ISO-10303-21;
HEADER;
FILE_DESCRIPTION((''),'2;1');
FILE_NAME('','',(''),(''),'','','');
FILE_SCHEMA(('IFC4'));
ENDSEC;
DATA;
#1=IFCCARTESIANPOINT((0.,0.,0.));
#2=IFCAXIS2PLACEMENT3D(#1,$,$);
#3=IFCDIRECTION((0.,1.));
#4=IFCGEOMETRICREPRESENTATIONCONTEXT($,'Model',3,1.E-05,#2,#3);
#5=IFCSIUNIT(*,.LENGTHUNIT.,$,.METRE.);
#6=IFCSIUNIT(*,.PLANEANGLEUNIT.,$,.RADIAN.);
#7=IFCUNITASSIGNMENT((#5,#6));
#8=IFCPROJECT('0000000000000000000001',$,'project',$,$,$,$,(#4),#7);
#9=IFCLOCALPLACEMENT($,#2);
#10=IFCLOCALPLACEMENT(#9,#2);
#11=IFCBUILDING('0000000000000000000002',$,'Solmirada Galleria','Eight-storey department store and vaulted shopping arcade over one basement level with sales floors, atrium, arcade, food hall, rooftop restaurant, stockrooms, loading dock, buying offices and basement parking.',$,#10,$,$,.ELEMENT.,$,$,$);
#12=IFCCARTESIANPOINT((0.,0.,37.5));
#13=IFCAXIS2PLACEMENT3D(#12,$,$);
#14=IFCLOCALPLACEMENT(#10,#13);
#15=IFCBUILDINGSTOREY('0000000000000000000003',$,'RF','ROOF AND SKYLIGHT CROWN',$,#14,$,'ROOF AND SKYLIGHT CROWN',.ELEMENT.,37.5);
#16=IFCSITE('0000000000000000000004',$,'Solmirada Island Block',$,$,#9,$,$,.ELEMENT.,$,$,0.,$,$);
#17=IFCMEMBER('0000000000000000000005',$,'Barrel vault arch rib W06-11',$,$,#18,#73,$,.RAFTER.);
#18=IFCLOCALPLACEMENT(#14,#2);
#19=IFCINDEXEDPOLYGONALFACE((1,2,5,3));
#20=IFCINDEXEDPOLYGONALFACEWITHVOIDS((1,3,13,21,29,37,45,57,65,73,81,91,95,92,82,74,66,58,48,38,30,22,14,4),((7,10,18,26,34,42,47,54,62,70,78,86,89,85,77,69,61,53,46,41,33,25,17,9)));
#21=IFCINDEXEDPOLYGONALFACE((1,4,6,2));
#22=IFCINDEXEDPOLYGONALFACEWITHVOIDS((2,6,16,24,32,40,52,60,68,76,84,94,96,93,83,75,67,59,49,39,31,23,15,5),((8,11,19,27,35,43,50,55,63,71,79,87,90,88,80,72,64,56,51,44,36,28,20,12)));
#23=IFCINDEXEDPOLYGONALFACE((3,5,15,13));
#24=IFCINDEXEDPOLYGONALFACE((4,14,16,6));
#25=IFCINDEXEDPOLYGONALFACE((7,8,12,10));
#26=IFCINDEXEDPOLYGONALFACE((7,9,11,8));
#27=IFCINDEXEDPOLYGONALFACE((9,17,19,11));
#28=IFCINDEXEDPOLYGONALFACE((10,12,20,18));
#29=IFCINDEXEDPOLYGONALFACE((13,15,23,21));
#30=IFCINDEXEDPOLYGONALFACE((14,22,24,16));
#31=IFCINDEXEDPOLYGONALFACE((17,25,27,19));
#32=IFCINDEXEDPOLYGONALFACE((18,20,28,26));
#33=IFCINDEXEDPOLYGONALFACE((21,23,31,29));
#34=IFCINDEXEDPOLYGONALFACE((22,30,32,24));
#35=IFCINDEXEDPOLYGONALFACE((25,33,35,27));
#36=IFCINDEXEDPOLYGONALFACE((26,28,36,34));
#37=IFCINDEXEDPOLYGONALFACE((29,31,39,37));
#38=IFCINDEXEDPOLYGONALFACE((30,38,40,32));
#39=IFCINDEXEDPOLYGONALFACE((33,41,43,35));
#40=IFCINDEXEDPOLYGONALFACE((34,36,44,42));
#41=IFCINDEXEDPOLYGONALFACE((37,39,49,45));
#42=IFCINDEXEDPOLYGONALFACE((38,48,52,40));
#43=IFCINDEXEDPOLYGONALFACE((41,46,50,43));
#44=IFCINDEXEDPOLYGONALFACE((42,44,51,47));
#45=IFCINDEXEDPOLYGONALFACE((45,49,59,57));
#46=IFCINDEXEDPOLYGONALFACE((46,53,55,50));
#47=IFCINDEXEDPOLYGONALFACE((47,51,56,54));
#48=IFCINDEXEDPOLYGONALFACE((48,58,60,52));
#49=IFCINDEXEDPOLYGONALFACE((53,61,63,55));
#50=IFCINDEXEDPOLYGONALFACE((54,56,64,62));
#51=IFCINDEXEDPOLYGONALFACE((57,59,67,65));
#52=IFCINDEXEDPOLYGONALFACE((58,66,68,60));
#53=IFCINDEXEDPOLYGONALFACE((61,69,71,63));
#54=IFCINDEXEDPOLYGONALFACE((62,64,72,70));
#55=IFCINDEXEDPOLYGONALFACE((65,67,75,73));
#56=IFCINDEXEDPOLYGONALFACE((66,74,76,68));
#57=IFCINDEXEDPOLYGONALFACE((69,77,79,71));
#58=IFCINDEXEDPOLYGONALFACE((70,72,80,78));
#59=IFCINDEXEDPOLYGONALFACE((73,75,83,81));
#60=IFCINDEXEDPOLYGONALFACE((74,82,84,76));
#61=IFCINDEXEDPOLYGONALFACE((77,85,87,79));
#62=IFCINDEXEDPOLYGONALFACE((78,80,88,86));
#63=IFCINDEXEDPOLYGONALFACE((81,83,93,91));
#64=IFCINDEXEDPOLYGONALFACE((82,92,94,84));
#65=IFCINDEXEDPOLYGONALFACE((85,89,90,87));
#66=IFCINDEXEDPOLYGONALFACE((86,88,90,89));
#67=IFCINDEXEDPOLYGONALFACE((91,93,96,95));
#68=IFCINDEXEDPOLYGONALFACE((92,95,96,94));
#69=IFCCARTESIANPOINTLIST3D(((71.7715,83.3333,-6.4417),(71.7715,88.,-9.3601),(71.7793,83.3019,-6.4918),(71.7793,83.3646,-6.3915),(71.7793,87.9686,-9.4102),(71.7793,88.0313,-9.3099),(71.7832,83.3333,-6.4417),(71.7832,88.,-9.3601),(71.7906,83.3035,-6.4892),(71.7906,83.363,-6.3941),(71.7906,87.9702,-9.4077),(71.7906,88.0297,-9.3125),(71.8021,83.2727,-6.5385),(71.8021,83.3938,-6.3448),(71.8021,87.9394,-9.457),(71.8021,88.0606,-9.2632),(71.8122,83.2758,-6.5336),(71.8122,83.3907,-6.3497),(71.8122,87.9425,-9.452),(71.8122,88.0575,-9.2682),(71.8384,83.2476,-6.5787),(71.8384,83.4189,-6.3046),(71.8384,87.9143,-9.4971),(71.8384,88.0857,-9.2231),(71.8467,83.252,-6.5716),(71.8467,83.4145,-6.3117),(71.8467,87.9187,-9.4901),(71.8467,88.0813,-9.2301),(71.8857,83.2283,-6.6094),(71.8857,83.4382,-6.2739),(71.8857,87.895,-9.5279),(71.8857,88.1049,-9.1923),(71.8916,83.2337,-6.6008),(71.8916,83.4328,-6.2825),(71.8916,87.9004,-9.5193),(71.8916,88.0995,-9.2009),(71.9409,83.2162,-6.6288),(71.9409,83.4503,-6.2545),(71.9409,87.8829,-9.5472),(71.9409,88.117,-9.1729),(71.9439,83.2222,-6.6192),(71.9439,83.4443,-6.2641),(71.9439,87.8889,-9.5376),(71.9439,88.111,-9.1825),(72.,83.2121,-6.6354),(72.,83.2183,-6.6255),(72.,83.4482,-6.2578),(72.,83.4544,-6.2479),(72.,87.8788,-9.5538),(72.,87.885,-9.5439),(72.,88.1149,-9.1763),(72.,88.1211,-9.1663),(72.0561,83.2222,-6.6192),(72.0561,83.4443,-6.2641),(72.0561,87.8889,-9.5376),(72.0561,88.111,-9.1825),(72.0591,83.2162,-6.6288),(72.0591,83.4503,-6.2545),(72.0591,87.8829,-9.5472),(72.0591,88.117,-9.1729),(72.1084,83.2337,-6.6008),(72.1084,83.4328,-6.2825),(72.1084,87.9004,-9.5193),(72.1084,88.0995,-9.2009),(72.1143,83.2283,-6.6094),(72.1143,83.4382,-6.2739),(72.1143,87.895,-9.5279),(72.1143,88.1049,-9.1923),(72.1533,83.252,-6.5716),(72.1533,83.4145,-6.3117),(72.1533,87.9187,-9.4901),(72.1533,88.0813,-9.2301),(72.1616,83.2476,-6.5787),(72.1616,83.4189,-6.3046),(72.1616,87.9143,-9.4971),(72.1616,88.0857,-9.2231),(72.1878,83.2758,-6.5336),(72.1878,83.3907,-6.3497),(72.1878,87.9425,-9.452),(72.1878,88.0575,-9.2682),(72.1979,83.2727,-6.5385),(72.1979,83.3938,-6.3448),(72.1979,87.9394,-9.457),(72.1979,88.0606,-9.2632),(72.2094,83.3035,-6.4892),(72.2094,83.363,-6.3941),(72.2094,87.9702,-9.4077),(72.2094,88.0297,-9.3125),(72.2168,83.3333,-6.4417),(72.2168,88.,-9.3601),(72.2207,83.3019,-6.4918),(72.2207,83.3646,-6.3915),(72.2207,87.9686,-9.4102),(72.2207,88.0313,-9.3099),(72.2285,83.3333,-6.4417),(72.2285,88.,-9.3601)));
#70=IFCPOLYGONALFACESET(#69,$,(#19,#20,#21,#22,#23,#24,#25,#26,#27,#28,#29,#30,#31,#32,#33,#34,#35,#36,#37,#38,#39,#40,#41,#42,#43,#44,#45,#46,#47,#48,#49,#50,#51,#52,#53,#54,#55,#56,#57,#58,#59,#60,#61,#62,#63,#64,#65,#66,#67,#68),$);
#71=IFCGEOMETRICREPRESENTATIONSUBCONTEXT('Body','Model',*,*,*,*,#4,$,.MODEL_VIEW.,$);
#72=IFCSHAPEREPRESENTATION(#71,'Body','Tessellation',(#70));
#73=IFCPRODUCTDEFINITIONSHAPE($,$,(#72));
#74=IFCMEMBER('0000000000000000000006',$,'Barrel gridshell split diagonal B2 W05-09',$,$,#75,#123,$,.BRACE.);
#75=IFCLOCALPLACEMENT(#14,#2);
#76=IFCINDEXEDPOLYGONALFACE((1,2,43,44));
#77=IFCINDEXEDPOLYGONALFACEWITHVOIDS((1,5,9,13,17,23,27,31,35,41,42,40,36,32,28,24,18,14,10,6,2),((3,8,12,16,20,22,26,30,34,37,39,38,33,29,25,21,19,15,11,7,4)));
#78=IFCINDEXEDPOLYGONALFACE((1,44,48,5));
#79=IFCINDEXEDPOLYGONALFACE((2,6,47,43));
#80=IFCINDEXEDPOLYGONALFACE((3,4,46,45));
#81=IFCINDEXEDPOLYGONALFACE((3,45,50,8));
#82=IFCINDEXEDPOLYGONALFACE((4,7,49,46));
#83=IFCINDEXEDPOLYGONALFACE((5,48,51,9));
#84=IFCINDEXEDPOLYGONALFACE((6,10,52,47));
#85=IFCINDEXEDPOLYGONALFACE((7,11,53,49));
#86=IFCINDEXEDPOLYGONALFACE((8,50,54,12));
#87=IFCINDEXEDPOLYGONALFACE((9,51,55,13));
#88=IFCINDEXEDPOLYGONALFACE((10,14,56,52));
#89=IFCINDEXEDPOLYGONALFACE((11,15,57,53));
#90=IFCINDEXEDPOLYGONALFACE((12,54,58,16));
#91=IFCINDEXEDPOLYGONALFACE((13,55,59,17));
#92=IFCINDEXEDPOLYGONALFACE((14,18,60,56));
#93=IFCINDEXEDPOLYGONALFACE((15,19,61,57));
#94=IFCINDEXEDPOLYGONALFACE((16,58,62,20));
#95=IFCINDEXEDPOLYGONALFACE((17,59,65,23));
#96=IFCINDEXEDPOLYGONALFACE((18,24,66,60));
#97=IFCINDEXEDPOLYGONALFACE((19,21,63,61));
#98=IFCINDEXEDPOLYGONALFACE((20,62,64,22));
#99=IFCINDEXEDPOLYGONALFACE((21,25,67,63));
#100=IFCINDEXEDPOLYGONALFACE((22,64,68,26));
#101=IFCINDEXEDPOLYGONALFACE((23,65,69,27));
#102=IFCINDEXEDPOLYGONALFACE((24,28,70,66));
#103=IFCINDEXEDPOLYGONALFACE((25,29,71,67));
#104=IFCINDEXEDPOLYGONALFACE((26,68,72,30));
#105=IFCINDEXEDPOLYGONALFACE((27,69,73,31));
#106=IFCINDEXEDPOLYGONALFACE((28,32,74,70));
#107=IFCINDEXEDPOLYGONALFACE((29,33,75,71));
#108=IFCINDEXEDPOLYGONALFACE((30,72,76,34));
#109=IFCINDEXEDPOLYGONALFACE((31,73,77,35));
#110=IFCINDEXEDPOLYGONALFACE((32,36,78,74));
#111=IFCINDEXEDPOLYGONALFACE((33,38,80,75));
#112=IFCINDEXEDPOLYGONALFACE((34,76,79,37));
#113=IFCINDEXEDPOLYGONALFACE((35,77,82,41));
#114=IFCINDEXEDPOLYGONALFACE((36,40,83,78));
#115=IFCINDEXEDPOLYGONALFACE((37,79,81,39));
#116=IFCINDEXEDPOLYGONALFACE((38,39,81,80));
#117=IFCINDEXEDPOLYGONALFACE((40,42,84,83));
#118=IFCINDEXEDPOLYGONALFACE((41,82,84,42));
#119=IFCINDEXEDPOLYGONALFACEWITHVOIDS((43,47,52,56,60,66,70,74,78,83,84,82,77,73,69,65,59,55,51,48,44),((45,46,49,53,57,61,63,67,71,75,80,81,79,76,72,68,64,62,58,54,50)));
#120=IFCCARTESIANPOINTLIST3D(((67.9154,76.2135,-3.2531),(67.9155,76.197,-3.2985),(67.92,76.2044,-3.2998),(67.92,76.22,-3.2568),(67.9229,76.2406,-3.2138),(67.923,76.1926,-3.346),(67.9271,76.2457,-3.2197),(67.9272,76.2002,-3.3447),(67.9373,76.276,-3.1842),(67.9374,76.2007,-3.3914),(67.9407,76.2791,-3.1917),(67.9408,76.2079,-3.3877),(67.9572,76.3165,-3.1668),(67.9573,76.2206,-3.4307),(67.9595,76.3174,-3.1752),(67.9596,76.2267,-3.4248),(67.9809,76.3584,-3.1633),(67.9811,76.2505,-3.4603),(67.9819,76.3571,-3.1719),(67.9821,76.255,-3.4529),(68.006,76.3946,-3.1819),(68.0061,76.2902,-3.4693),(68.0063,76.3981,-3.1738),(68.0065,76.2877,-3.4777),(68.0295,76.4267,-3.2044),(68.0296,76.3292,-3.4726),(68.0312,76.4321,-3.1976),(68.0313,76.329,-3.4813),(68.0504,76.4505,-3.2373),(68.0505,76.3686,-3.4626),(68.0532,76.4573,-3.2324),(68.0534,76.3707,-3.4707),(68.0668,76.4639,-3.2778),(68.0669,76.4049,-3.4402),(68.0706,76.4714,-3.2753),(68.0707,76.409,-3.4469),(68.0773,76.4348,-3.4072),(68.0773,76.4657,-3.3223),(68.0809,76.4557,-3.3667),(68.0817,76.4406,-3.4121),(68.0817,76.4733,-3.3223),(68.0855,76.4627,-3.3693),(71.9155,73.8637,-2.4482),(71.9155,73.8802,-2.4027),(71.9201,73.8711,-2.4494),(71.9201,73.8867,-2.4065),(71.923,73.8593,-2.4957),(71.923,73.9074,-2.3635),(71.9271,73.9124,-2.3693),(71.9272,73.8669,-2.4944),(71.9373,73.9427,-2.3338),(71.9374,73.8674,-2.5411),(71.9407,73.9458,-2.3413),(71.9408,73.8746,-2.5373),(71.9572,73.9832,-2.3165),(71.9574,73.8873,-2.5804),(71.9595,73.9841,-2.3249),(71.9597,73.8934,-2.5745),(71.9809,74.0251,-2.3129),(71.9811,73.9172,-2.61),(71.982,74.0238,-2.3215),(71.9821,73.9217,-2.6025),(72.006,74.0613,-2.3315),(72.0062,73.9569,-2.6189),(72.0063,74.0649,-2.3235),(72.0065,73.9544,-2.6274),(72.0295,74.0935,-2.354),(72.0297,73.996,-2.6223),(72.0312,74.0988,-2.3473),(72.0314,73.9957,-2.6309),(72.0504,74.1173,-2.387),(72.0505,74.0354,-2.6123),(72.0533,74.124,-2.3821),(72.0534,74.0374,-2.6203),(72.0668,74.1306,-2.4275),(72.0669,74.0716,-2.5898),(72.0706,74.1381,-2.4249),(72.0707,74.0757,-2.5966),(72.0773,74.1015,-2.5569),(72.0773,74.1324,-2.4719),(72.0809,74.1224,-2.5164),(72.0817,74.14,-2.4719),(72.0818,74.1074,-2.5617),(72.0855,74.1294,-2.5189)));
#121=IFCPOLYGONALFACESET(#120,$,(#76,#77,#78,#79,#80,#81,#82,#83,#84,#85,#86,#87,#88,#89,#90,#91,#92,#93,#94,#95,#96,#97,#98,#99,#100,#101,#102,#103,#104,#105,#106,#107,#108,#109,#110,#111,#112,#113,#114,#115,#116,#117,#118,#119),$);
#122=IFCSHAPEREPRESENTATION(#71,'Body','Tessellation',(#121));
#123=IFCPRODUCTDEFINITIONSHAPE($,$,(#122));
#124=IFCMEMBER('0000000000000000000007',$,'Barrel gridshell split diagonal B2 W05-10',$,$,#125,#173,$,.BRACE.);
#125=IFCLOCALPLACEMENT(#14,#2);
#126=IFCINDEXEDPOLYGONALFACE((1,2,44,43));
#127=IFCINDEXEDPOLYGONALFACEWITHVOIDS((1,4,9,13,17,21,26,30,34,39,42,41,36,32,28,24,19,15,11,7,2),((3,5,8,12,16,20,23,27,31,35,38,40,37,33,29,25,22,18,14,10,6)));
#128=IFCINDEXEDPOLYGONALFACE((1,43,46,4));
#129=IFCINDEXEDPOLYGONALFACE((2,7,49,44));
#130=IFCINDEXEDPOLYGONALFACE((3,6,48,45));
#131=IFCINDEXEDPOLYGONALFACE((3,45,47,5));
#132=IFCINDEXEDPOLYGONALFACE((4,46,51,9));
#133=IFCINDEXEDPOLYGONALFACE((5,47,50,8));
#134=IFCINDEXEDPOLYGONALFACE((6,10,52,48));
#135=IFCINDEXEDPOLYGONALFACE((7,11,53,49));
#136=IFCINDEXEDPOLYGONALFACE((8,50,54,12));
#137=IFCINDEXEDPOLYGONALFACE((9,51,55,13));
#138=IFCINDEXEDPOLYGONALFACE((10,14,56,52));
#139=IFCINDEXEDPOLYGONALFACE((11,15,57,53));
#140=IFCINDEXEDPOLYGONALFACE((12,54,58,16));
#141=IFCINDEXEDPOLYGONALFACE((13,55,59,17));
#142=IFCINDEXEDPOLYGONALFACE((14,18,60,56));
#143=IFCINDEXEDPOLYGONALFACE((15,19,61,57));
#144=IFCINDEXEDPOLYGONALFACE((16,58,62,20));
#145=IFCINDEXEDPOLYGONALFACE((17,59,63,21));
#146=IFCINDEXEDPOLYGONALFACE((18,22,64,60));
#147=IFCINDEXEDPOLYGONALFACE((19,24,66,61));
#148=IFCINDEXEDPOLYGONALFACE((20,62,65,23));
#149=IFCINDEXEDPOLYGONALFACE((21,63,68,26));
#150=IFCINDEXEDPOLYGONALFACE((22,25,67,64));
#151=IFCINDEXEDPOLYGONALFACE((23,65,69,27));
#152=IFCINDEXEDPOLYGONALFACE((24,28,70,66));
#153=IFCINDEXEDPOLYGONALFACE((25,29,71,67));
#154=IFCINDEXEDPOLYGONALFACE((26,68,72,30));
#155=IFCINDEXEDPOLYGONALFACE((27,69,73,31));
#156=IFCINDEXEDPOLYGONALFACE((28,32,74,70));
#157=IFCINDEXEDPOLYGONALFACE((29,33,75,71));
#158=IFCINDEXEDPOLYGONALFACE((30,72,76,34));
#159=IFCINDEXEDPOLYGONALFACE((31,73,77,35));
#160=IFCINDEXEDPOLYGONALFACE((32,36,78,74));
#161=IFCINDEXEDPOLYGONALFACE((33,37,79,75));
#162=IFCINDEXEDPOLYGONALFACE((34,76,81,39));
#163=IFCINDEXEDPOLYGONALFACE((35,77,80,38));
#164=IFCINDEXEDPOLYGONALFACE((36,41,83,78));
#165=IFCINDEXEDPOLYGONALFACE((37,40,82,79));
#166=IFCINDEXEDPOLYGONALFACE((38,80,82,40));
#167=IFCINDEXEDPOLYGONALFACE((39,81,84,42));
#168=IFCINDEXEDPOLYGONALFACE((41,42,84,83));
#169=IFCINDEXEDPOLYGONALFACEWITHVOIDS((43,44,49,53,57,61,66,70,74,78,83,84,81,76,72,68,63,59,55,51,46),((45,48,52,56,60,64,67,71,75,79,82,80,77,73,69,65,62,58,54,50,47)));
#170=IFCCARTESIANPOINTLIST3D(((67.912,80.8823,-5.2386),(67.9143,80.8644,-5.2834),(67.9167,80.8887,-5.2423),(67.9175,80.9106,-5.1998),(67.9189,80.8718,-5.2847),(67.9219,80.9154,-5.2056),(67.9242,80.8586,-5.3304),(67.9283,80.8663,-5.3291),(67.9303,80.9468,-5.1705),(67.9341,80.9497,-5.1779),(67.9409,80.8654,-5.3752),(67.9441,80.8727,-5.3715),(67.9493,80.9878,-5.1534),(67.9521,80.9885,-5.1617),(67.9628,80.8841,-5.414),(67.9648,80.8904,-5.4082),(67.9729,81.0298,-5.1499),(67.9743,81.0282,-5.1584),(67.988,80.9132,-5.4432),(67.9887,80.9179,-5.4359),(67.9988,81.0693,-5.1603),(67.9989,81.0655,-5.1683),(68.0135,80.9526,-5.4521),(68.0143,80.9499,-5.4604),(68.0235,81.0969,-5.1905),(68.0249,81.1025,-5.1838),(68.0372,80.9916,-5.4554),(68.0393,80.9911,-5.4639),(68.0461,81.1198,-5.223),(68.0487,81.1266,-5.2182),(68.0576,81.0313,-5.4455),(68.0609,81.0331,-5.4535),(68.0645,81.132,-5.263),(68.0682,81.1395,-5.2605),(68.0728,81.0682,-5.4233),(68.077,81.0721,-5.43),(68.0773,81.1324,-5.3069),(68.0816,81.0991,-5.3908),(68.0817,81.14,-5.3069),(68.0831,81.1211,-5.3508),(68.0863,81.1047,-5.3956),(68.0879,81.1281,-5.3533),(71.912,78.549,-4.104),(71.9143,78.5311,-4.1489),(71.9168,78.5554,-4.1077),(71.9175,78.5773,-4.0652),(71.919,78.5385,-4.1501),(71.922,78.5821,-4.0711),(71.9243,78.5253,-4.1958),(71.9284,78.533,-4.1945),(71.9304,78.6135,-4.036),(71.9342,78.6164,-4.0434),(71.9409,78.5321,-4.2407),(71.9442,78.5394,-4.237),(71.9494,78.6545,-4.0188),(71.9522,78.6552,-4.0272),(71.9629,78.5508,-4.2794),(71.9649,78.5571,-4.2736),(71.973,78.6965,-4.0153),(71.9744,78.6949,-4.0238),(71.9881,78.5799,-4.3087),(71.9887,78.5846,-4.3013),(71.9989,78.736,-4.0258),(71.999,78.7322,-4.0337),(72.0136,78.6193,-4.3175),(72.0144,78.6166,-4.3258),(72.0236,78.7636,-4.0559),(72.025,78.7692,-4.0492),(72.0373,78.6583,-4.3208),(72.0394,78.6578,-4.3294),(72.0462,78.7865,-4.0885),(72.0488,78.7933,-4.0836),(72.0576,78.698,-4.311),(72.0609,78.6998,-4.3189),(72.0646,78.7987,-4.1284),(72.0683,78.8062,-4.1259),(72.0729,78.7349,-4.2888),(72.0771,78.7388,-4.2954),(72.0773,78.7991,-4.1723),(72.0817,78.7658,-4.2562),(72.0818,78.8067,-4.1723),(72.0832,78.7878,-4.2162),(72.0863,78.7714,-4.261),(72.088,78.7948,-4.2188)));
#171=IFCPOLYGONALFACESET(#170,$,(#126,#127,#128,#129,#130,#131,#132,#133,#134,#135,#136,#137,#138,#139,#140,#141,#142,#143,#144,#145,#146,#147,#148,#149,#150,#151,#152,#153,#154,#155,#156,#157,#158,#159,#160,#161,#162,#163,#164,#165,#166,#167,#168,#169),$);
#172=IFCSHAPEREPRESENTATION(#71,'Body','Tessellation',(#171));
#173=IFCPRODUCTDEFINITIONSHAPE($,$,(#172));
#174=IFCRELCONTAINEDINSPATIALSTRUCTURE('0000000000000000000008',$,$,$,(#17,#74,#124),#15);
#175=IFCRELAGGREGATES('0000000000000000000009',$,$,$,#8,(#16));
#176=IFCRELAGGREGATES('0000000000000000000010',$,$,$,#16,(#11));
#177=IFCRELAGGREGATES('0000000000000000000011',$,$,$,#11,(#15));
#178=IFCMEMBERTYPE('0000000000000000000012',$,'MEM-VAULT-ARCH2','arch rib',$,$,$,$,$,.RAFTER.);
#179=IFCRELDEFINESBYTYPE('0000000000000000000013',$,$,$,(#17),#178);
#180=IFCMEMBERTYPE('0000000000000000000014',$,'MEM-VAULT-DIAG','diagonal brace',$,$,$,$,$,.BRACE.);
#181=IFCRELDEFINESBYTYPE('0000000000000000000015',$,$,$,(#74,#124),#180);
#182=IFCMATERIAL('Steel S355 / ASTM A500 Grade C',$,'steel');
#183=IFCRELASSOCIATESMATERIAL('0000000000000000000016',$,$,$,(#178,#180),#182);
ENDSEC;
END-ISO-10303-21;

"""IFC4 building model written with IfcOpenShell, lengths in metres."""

from ifc_helpers import new_model, si_unit, direction, frame, origin, origin_2d, place, context, subcontext, project, spatial, hollow_circle, extrude, material, material_profile, profile_set, type_object, element, save


model = new_model("IFC4")

# Units and contexts
model_context = context("Model", 3, precision=1e-05, world=origin(), true_north=direction((0.0, 1.0)))
body_context = subcontext(model_context, "Body", "Model", "MODEL_VIEW")
ifc_project = project(units=[si_unit("LENGTHUNIT", "METRE"), si_unit("PLANEANGLEUNIT", "RADIAN")], contexts=[model_context])

# Site, building, storey
site_placement = place(None, origin())
site = spatial("IfcSite", under=ifc_project, at=site_placement, Name="Solmirada Island Block", CompositionType="ELEMENT", RefElevation=0.0)
building_placement = place(site_placement, origin())
building = spatial("IfcBuilding", under=site, at=building_placement, Name="Solmirada Galleria", Description="Eight-storey department store and vaulted shopping arcade over one basement level with sales floors, atrium, arcade, food hall, rooftop restaurant, stockrooms, loading dock, buying offices and basement parking.", CompositionType="ELEMENT")
storey_placement = place(building_placement, frame((0.0, 0.0, 37.5)))
storey = spatial("IfcBuildingStorey", under=building, at=storey_placement, Name="RF", Description="ROOF AND SKYLIGHT CROWN", LongName="ROOF AND SKYLIGHT CROWN", CompositionType="ELEMENT", Elevation=37.5)

# Members
ifc_material_1 = material(Name="Steel S355 / ASTM A500 Grade C", Category="steel")
ifc_material_profile_1 = material_profile(ifc_material_1, hollow_circle(Radius=0.2285, WallThickness=0.0117, at=origin_2d()), Name="HSS18.000X0.500")
ifc_profile_set_1 = profile_set([ifc_material_profile_1], Name="Steel S355 / ASTM A500 Grade C")
member_type_1 = type_object("IfcMemberType", Name="MEM-VAULT-ARCH2", Description="arch rib", PredefinedType="RAFTER", material=ifc_profile_set_1)
member_1_placement = place(storey_placement, frame((72.0, 83.3333, -6.4417), z_axis=(0.0, 0.847856, -0.530226), x_axis=(-1.0, 0.0, 0.0)))
element("IfcMember", 1, at=member_1_placement, inside=storey, type_object=member_type_1, Name="Barrel vault arch rib W06-11", PredefinedType="RAFTER", context=body_context, shape_type="SweptSolid", body=[
    extrude(hollow_circle(Radius=0.2285, WallThickness=0.0117, at=origin_2d()), origin(), (0.0, 0.0, 1.0), 5.5042),
])
ifc_material_profile_2 = material_profile(ifc_material_1, hollow_circle(Radius=0.1621, WallThickness=0.0088, at=origin_2d()), Name="HSS12.750X0.375")
ifc_profile_set_2 = profile_set([ifc_material_profile_2], Name="Steel S355 / ASTM A500 Grade C")
member_type_2 = type_object("IfcMemberType", Name="MEM-VAULT-DIAG", Description="diagonal brace", PredefinedType="BRACE", material=ifc_profile_set_2)
member_2_placement = place(storey_placement, frame((68.0, 76.3333, -3.3223), z_axis=(0.849582, -0.495572, 0.180609), x_axis=(0.503858, 0.863787, 0.0)))
element("IfcMember", 2, at=member_2_placement, inside=storey, type_object=member_type_2, Name="Barrel gridshell split diagonal B2 W05-09", PredefinedType="BRACE", context=body_context, shape_type="SweptSolid", body=[
    extrude(hollow_circle(Radius=0.1621, WallThickness=0.0088, at=origin_2d()), origin(), (0.0, 0.0, 1.0), 4.7083),
])
member_3_placement = place(storey_placement, frame((68.0, 81.0, -5.3069), z_axis=(0.838975, -0.489385, 0.237959), x_axis=(0.503858, 0.863787, 0.0)))
element("IfcMember", 3, at=member_3_placement, inside=storey, type_object=member_type_2, Name="Barrel gridshell split diagonal B2 W05-10", PredefinedType="BRACE", context=body_context, shape_type="SweptSolid", body=[
    extrude(hollow_circle(Radius=0.1621, WallThickness=0.0088, at=origin_2d()), origin(), (0.0, 0.0, 1.0), 4.7678),
])

save(model, "model.ifc")
